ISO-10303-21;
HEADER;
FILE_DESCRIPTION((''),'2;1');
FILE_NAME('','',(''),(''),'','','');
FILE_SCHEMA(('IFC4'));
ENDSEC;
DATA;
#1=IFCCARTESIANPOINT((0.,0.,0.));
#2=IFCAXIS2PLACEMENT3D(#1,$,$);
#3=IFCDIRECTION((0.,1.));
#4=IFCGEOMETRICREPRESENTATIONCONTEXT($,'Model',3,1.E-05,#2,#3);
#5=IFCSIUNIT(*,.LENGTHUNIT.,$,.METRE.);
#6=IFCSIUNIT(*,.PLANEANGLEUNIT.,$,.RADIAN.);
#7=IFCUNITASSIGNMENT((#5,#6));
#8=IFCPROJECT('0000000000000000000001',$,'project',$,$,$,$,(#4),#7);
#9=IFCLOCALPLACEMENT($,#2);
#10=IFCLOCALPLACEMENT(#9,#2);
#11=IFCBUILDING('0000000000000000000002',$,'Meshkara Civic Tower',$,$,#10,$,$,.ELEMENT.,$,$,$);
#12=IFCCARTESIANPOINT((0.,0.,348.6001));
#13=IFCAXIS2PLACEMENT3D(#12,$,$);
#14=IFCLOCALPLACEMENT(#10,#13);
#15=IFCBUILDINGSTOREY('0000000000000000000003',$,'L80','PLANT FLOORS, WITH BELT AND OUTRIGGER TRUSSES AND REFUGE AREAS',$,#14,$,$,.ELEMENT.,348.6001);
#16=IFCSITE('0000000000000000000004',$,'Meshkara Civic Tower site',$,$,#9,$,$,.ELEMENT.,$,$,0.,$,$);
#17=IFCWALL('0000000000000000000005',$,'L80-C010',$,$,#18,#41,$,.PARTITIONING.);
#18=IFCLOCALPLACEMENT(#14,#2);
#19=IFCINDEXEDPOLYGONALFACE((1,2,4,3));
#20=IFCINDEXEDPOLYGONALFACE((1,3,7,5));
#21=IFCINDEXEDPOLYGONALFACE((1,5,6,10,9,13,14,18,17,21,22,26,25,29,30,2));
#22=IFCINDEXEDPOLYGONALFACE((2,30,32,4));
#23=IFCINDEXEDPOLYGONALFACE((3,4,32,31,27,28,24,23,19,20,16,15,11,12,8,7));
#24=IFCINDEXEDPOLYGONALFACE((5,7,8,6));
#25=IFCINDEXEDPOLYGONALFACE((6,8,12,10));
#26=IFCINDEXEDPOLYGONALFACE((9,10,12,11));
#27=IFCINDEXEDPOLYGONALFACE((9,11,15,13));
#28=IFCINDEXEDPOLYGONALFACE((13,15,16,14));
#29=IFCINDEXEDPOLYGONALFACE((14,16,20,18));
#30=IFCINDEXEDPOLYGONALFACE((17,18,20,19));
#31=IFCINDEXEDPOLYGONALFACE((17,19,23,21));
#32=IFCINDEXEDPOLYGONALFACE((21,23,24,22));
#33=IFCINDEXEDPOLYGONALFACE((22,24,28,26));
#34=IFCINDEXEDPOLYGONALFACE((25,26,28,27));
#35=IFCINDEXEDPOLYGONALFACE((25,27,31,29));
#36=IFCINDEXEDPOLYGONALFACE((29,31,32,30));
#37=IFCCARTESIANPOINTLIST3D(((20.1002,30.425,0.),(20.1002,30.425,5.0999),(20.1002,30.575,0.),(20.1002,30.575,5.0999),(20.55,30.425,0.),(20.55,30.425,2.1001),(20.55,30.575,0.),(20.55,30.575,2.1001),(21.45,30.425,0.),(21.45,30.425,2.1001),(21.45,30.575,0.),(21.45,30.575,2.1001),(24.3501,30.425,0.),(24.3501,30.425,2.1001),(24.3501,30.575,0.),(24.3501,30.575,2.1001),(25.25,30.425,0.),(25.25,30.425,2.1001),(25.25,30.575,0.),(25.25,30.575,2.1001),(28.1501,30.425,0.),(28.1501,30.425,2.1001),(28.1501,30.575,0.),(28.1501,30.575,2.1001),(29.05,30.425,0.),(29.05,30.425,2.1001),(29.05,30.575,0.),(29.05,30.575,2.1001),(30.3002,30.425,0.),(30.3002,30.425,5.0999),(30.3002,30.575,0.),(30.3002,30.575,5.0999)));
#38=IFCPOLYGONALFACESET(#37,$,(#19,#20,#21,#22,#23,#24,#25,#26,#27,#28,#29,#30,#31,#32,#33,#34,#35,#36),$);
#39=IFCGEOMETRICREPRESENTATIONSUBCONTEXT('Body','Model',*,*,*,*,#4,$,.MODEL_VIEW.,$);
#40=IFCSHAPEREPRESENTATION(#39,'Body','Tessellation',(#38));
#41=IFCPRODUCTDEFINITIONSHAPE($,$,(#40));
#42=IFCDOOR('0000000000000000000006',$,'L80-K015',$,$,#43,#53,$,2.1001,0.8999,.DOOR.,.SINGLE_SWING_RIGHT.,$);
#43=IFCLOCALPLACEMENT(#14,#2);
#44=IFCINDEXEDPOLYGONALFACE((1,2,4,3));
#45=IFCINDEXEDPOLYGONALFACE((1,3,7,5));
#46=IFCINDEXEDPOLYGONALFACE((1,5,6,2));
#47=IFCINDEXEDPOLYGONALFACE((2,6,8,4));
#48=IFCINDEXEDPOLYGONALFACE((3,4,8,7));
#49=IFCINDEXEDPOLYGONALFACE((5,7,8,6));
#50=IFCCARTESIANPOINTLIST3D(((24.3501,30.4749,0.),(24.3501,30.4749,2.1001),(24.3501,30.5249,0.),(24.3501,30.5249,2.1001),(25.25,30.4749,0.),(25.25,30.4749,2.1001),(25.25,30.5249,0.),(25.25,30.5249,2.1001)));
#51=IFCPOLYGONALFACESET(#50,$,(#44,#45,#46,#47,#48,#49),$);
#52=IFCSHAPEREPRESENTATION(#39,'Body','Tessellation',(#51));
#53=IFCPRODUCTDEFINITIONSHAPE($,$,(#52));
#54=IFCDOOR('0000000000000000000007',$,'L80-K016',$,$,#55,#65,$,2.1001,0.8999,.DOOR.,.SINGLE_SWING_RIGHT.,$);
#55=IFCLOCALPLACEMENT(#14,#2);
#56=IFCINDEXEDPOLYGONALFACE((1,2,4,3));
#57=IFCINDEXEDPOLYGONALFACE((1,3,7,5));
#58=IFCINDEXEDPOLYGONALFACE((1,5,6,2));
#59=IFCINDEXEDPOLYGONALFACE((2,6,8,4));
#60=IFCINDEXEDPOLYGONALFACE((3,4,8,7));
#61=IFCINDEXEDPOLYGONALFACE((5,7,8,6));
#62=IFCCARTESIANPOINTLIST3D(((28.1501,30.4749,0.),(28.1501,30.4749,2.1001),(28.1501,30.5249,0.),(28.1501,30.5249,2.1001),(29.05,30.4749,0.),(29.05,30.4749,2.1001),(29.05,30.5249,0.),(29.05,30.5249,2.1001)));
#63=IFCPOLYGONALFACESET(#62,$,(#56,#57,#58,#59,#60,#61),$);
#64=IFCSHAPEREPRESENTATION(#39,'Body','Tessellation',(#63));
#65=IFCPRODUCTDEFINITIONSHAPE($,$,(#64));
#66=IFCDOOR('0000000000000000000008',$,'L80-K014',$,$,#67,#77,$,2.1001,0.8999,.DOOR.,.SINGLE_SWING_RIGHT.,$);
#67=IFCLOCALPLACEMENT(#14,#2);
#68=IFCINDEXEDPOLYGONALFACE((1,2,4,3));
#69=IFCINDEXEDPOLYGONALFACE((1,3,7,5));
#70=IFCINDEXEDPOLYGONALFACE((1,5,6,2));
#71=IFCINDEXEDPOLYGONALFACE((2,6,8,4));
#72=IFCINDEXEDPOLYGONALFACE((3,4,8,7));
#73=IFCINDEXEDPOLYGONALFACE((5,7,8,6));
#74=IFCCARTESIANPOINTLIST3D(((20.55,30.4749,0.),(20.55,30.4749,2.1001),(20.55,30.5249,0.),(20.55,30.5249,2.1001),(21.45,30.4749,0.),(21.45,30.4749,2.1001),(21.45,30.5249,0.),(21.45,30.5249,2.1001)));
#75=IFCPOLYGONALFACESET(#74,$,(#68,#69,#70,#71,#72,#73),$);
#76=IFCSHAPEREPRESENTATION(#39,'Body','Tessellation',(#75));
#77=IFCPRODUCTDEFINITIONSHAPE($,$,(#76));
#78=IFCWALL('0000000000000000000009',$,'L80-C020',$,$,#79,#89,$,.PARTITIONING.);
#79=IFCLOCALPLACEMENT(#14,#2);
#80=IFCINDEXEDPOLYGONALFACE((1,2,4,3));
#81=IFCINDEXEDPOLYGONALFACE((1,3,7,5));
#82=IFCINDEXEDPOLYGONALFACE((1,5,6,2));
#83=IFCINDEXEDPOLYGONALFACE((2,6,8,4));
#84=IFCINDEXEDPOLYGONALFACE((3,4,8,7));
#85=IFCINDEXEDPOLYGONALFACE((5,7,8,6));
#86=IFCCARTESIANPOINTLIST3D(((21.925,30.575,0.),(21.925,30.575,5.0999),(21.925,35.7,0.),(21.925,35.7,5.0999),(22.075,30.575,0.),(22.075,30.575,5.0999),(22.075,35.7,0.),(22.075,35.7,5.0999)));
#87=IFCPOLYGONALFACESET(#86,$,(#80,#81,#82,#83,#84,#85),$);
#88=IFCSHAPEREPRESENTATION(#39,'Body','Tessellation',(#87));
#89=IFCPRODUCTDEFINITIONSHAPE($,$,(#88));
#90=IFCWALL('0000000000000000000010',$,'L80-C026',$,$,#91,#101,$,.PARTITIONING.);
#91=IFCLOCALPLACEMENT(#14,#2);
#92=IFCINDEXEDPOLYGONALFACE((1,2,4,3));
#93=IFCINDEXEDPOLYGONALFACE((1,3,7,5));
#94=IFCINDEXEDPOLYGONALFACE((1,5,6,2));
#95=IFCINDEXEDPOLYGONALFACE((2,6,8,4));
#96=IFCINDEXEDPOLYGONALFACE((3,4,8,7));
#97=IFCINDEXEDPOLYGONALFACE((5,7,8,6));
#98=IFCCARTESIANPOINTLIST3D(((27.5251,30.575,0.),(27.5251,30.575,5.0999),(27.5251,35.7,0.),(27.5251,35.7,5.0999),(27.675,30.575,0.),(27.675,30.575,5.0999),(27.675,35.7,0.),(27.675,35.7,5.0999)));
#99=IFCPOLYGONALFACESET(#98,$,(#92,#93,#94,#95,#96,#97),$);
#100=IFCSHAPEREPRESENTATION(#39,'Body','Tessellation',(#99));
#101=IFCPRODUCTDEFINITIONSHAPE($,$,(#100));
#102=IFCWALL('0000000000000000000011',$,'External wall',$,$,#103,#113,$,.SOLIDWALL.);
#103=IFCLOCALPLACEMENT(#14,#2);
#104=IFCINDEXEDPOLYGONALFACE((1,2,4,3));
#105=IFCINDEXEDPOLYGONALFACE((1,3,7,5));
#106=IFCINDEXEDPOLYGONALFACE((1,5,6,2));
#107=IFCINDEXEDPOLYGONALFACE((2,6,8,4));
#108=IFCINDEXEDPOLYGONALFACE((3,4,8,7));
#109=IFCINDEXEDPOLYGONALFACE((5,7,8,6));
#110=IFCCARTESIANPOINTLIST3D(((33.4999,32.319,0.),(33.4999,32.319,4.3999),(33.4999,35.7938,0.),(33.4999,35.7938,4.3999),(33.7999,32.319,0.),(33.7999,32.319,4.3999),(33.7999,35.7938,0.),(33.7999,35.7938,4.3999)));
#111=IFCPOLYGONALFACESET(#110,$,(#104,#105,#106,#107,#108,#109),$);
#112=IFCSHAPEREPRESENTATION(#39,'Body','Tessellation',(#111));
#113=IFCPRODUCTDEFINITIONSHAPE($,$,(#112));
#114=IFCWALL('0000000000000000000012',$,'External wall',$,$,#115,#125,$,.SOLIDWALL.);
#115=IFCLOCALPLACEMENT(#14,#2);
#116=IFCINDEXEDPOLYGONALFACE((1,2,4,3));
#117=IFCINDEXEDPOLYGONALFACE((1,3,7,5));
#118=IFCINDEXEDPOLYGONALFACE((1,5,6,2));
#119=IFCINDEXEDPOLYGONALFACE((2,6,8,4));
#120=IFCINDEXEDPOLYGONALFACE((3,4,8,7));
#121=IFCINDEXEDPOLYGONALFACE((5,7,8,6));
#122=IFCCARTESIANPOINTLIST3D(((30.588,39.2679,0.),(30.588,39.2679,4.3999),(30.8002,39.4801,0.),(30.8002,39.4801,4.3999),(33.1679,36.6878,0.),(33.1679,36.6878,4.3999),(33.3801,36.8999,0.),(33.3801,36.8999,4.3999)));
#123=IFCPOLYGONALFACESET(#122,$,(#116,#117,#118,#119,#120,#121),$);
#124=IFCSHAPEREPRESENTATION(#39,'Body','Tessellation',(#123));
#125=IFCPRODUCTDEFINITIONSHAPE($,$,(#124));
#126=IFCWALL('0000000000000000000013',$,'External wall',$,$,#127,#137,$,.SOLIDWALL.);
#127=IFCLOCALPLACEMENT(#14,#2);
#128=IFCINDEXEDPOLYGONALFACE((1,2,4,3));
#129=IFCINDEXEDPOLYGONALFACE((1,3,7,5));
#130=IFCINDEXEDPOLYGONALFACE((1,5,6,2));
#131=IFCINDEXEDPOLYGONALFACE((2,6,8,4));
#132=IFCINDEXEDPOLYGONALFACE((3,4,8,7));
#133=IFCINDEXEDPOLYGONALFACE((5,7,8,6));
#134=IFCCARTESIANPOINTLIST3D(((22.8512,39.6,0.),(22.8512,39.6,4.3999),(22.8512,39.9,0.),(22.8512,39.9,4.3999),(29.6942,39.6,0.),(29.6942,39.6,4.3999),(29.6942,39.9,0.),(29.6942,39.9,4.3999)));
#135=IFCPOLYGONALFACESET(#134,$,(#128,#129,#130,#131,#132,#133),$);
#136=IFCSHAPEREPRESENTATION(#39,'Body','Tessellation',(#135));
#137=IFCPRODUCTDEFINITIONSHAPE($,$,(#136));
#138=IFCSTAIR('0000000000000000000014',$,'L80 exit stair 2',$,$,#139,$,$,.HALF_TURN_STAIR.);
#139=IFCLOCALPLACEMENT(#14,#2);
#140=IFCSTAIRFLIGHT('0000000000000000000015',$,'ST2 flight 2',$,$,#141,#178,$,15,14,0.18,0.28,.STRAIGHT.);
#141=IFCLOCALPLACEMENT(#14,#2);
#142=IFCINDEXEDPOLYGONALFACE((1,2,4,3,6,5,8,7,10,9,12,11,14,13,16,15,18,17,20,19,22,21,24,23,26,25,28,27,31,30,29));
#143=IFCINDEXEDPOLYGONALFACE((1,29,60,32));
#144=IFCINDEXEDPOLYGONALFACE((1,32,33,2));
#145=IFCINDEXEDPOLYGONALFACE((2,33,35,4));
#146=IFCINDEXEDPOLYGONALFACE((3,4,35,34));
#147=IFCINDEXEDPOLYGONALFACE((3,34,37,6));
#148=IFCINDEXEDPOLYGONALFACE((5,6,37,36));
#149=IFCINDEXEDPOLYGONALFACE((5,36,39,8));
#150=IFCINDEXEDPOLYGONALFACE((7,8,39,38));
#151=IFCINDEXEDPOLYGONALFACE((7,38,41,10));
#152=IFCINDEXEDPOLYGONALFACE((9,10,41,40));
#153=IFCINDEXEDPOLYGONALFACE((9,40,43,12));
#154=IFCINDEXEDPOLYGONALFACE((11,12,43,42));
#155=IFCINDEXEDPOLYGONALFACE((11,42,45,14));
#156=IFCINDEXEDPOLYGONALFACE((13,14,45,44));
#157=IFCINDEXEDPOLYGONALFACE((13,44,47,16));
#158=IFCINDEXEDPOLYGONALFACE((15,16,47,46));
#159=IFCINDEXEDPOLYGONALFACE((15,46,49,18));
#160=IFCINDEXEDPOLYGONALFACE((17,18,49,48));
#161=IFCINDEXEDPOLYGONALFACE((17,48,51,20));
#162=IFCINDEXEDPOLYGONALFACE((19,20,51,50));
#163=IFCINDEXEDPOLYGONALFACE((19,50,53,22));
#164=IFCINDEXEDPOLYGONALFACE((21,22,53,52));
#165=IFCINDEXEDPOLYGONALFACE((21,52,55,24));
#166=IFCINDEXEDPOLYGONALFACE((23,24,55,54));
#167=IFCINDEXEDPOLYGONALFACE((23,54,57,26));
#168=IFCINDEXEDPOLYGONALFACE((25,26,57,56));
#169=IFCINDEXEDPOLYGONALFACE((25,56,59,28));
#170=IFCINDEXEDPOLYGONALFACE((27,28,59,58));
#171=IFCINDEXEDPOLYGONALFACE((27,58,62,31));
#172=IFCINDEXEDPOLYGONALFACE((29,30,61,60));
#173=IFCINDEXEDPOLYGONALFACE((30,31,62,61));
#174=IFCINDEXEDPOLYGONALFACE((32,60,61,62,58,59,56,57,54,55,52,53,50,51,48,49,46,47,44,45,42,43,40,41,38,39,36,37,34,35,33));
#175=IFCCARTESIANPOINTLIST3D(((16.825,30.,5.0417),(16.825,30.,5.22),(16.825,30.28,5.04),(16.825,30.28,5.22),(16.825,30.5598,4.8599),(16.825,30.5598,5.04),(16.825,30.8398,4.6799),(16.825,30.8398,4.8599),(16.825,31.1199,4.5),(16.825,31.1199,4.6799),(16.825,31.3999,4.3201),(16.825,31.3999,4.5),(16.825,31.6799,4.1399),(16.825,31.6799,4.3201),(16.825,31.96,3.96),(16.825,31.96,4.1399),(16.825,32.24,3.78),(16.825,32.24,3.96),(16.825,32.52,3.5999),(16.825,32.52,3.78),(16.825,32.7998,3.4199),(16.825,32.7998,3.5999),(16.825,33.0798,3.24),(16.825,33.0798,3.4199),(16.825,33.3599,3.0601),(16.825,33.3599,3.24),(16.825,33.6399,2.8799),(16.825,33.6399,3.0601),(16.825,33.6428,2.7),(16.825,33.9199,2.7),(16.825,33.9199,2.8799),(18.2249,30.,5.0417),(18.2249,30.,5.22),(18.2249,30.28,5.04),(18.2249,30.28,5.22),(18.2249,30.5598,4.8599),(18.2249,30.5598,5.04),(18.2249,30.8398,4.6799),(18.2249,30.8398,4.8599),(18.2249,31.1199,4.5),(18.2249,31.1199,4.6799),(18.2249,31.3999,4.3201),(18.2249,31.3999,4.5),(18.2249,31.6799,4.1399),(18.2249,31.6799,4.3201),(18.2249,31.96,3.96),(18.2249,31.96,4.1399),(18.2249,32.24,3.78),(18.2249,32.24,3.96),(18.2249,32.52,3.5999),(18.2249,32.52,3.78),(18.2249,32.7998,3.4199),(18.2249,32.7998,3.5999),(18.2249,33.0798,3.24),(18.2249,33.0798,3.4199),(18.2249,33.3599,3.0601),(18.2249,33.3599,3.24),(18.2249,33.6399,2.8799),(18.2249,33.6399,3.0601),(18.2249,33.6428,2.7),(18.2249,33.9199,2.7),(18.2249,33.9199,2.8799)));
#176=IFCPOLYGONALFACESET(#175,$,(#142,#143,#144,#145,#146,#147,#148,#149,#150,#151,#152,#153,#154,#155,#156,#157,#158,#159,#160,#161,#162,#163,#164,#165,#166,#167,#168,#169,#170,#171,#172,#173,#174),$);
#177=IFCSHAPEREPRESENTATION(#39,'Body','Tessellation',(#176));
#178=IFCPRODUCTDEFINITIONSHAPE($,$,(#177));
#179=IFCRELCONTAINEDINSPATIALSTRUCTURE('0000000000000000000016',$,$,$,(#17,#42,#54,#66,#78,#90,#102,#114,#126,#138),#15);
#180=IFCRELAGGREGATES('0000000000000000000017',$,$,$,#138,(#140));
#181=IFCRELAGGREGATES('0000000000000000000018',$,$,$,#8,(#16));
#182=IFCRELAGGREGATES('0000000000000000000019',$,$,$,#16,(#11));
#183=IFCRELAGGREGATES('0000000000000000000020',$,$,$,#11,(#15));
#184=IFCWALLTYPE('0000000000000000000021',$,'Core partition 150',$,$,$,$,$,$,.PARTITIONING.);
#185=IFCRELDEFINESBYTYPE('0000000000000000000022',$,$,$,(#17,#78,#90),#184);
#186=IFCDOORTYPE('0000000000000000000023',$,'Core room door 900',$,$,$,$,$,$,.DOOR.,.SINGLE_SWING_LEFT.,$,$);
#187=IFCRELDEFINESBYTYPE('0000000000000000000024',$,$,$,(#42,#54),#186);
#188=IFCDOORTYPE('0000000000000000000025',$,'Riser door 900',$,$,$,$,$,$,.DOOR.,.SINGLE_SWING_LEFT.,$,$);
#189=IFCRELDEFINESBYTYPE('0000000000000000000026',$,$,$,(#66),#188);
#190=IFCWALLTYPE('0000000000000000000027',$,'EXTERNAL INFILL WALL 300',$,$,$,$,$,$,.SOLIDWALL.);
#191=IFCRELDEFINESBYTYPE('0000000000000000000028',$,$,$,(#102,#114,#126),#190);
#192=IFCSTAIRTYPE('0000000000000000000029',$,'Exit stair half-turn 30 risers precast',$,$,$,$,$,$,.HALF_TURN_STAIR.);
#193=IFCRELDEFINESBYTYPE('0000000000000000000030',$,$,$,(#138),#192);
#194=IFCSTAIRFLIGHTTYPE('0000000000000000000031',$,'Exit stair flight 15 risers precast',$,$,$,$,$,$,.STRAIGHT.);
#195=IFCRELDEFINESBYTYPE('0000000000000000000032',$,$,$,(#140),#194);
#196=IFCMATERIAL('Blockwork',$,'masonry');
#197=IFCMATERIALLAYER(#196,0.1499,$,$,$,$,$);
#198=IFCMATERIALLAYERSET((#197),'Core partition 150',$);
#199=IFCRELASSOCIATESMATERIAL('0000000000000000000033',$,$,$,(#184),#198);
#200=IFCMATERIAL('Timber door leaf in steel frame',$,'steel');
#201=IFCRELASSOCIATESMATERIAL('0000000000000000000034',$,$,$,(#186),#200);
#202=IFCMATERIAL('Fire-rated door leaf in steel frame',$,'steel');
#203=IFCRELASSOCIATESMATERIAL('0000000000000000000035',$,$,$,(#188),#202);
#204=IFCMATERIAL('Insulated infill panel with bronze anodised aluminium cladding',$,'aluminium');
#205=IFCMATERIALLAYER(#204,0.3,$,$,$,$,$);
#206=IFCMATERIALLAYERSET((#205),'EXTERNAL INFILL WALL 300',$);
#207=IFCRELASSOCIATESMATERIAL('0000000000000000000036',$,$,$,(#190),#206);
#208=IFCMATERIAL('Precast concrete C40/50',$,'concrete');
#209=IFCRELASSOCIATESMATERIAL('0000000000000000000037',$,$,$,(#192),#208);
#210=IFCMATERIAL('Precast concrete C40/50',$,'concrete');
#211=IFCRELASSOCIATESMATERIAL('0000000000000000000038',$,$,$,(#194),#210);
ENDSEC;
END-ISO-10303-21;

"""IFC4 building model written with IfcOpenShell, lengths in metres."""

from ifc_helpers import new_model, si_unit, direction, frame, frame_2d, origin, place, context, subcontext, project, spatial, polyline, rectangle, outline, extrude, material, layer, layer_set, type_object, element, fill, aggregate, save


model = new_model("IFC4")

# Units and contexts
model_context = context("Model", 3, precision=1e-05, world=origin(), true_north=direction((0.0, 1.0)))
body_context = subcontext(model_context, "Body", "Model", "MODEL_VIEW")
ifc_project = project(units=[si_unit("LENGTHUNIT", "METRE"), si_unit("PLANEANGLEUNIT", "RADIAN")], contexts=[model_context])

# Site, building, storey
site_placement = place(None, origin())
site = spatial("IfcSite", under=ifc_project, at=site_placement, Name="Meshkara Civic Tower site", CompositionType="ELEMENT", RefElevation=0.0)
building_placement = place(site_placement, origin())
building = spatial("IfcBuilding", under=site, at=building_placement, Name="Meshkara Civic Tower", CompositionType="ELEMENT")
storey_placement = place(building_placement, frame((0.0, 0.0, 348.6001)))
storey = spatial("IfcBuildingStorey", under=building, at=storey_placement, Name="L80", Description="PLANT FLOORS, WITH BELT AND OUTRIGGER TRUSSES AND REFUGE AREAS", CompositionType="ELEMENT", Elevation=348.6001)

# Wall, openings, doors
ifc_material_1 = material(Name="Blockwork", Category="masonry")
ifc_layer_1 = layer(ifc_material_1, 0.1499)
ifc_layer_set_1 = layer_set([ifc_layer_1], Name="Core partition 150")
wall_type_1 = type_object("IfcWallType", Name="Core partition 150", PredefinedType="PARTITIONING", material=ifc_layer_set_1)
wall_1_placement = place(storey_placement, frame((20.1001, 30.5, 0.0), z_axis=(0.0, 0.0, 1.0), x_axis=(1.0, 0.0, 0.0)))
wall_1 = element("IfcWall", 1, at=wall_1_placement, inside=storey, type_object=wall_type_1, Name="L80-C010", PredefinedType="PARTITIONING", context=body_context, shape_type="SweptSolid", body=[
    extrude(rectangle(XDim=10.2, YDim=0.1499, at=frame_2d((5.1001, 0.0))), origin(), (0.0, 0.0, 1.0), 5.0999),
])
opening_1_placement = place(wall_1_placement, frame((0.45, 0.0, 0.0)))
opening_1 = element("IfcOpeningElement", 2, at=opening_1_placement, cuts=wall_1, PredefinedType="OPENING", context=body_context, shape_type="SweptSolid", body=[
    extrude(rectangle(XDim=0.8999, YDim=2.1001, at=frame_2d((0.45, 1.05))), frame((0.0, 0.085, 0.0), z_axis=(0.0, -1.0, 0.0), x_axis=(1.0, 0.0, 0.0)), (0.0, 0.0, 1.0), 0.1699),
])
opening_2_placement = place(wall_1_placement, frame((4.25, 0.0, 0.0)))
opening_2 = element("IfcOpeningElement", 3, at=opening_2_placement, cuts=wall_1, PredefinedType="OPENING", context=body_context, shape_type="SweptSolid", body=[
    extrude(rectangle(XDim=0.8999, YDim=2.1001, at=frame_2d((0.45, 1.05))), frame((0.0, 0.085, 0.0), z_axis=(0.0, -1.0, 0.0), x_axis=(1.0, 0.0, 0.0)), (0.0, 0.0, 1.0), 0.1699),
])
opening_3_placement = place(wall_1_placement, frame((8.05, 0.0, 0.0)))
opening_3 = element("IfcOpeningElement", 4, at=opening_3_placement, cuts=wall_1, PredefinedType="OPENING", context=body_context, shape_type="SweptSolid", body=[
    extrude(rectangle(XDim=0.8999, YDim=2.1001, at=frame_2d((0.45, 1.05))), frame((0.0, 0.085, 0.0), z_axis=(0.0, -1.0, 0.0), x_axis=(1.0, 0.0, 0.0)), (0.0, 0.0, 1.0), 0.1699),
])
ifc_material_2 = material(Name="Timber door leaf in steel frame", Category="steel")
door_type_1 = type_object("IfcDoorType", Name="Core room door 900", OperationType="SINGLE_SWING_LEFT", PredefinedType="DOOR", material=ifc_material_2)
door_1_placement = place(opening_2_placement, origin())
door_1 = element("IfcDoor", 5, at=door_1_placement, inside=storey, type_object=door_type_1, Name="L80-K015", OperationType="SINGLE_SWING_RIGHT", OverallHeight=2.1001, OverallWidth=0.8999, PredefinedType="DOOR", context=body_context, shape_type="SweptSolid", body=[
    extrude(rectangle(XDim=0.8999, YDim=2.1001, at=frame_2d((0.45, 1.05))), frame((0.0, 0.0249, 0.0), z_axis=(0.0, -1.0, 0.0), x_axis=(1.0, 0.0, 0.0)), (0.0, 0.0, 1.0), 0.05),
])
fill(opening_2, door_1)
door_2_placement = place(opening_3_placement, origin())
door_2 = element("IfcDoor", 6, at=door_2_placement, inside=storey, type_object=door_type_1, Name="L80-K016", OperationType="SINGLE_SWING_RIGHT", OverallHeight=2.1001, OverallWidth=0.8999, PredefinedType="DOOR", context=body_context, shape_type="SweptSolid", body=[
    extrude(rectangle(XDim=0.8999, YDim=2.1001, at=frame_2d((0.45, 1.05))), frame((0.0, 0.0249, 0.0), z_axis=(0.0, -1.0, 0.0), x_axis=(1.0, 0.0, 0.0)), (0.0, 0.0, 1.0), 0.05),
])
fill(opening_3, door_2)
ifc_material_3 = material(Name="Fire-rated door leaf in steel frame", Category="steel")
door_type_2 = type_object("IfcDoorType", Name="Riser door 900", OperationType="SINGLE_SWING_LEFT", PredefinedType="DOOR", material=ifc_material_3)
door_3_placement = place(opening_1_placement, origin())
door_3 = element("IfcDoor", 7, at=door_3_placement, inside=storey, type_object=door_type_2, Name="L80-K014", OperationType="SINGLE_SWING_RIGHT", OverallHeight=2.1001, OverallWidth=0.8999, PredefinedType="DOOR", context=body_context, shape_type="SweptSolid", body=[
    extrude(rectangle(XDim=0.8999, YDim=2.1001, at=frame_2d((0.45, 1.05))), frame((0.0, 0.0249, 0.0), z_axis=(0.0, -1.0, 0.0), x_axis=(1.0, 0.0, 0.0)), (0.0, 0.0, 1.0), 0.05),
])
fill(opening_1, door_3)

# Walls
for number, where, z_axis, x_axis, name in (
    (8, (22.0, 30.575, 0.0), (0.0, 0.0, 1.0), (0.0, 1.0, 0.0), "L80-C020"),
    (9, (27.6001, 30.575, 0.0), (0.0, 0.0, 1.0), (0.0, 1.0, 0.0), "L80-C026"),
):
    element("IfcWall", number, at=place(storey_placement, frame(where, z_axis=z_axis, x_axis=x_axis)), inside=storey, type_object=wall_type_1, Name=name, PredefinedType="PARTITIONING", context=body_context, shape_type="SweptSolid", body=[
        extrude(rectangle(XDim=5.125, YDim=0.1499, at=frame_2d((2.5625, 0.0))), origin(), (0.0, 0.0, 1.0), 5.0999),
    ])
ifc_material_4 = material(Name="Insulated infill panel with bronze anodised aluminium cladding", Category="aluminium")
ifc_layer_2 = layer(ifc_material_4, 0.3)
ifc_layer_set_2 = layer_set([ifc_layer_2], Name="EXTERNAL INFILL WALL 300")
wall_type_2 = type_object("IfcWallType", Name="EXTERNAL INFILL WALL 300", PredefinedType="SOLIDWALL", material=ifc_layer_set_2)
wall_2_placement = place(storey_placement, frame((33.6499, 32.3191, 0.0), z_axis=(0.0, 0.0, 1.0), x_axis=(0.0, 1.0, 0.0)))
element("IfcWall", 10, at=wall_2_placement, inside=storey, type_object=wall_type_2, Name="External wall", PredefinedType="SOLIDWALL", context=body_context, shape_type="SweptSolid", body=[
    extrude(rectangle(XDim=3.4749, YDim=0.3, at=frame_2d((1.7373, 0.0))), origin(), (0.0, 0.0, 1.0), 4.3999),
])
wall_3_placement = place(storey_placement, frame((33.2739, 36.7939, 0.0), z_axis=(0.0, 0.0, 1.0), x_axis=(-0.707073, 0.70714, 0.0)))
element("IfcWall", 11, at=wall_3_placement, inside=storey, type_object=wall_type_2, Name="External wall", PredefinedType="SOLIDWALL", context=body_context, shape_type="SweptSolid", body=[
    extrude(rectangle(XDim=3.6487, YDim=0.3, at=frame_2d((1.8242, 0.0))), origin(), (0.0, 0.0, 1.0), 4.3999),
])
wall_4_placement = place(storey_placement, frame((29.6941, 39.75, 0.0), z_axis=(0.0, 0.0, 1.0), x_axis=(-1.0, 0.0, 0.0)))
element("IfcWall", 12, at=wall_4_placement, inside=storey, type_object=wall_type_2, Name="External wall", PredefinedType="SOLIDWALL", context=body_context, shape_type="SweptSolid", body=[
    extrude(rectangle(XDim=6.843, YDim=0.3, at=frame_2d((3.4214, 0.0))), origin(), (0.0, 0.0, 1.0), 4.3999),
])

# Stair, stair flight
ifc_material_5 = material(Name="Precast concrete C40/50", Category="concrete")
stair_type = type_object("IfcStairType", Name="Exit stair half-turn 30 risers precast", PredefinedType="HALF_TURN_STAIR", material=ifc_material_5)
stair_placement = place(storey_placement, origin())
stair = element("IfcStair", 13, at=stair_placement, inside=storey, type_object=stair_type, Name="L80 exit stair 2", PredefinedType="HALF_TURN_STAIR")
ifc_material_6 = material(Name="Precast concrete C40/50", Category="concrete")
stair_flight_type = type_object("IfcStairFlightType", Name="Exit stair flight 15 risers precast", PredefinedType="STRAIGHT", material=ifc_material_6)
stair_flight_placement = place(storey_placement, frame((17.5249, 33.9199, 2.7), z_axis=(0.0, 0.0, 1.0), x_axis=(0.0, -1.0, 0.0)))
stair_flight = element("IfcStairFlight", 14, at=stair_flight_placement, type_object=stair_flight_type, Name="ST2 flight 2", NumberOfRisers=15, NumberOfTreads=14, PredefinedType="STRAIGHT", RiserHeight=0.18, TreadLength=0.28, context=body_context, shape_type="SweptSolid", body=[
    extrude(outline(polyline([(0.0, 0.0), (0.0, 0.1799), (0.28, 0.1799), (0.28, 0.3601), (0.5601, 0.3601), (0.5601, 0.54), (0.8401, 0.54), (0.8401, 0.72), (1.1201, 0.72), (1.1201, 0.8999), (1.3999, 0.8999), (1.3999, 1.0801), (1.6799, 1.0801), (1.6799, 1.26), (1.96, 1.26), (1.96, 1.4399), (2.24, 1.4399), (2.24, 1.6201), (2.52, 1.6201), (2.52, 1.8), (2.8, 1.8), (2.8, 1.98), (3.0801, 1.98), (3.0801, 2.1599), (3.3601, 2.1599), (3.3601, 2.3401), (3.6399, 2.3401), (3.6399, 2.52), (3.9199, 2.52), (3.9199, 2.7), (3.9199, 2.3418), (0.2771, 0.0), (0.0, 0.0)])), frame((0.0, 0.7, 0.0), z_axis=(0.0, -1.0, 0.0), x_axis=(1.0, 0.0, 0.0)), (0.0, 0.0, 1.0), 1.3999),
])
aggregate(stair, [stair_flight])

save(model, "model.ifc")
